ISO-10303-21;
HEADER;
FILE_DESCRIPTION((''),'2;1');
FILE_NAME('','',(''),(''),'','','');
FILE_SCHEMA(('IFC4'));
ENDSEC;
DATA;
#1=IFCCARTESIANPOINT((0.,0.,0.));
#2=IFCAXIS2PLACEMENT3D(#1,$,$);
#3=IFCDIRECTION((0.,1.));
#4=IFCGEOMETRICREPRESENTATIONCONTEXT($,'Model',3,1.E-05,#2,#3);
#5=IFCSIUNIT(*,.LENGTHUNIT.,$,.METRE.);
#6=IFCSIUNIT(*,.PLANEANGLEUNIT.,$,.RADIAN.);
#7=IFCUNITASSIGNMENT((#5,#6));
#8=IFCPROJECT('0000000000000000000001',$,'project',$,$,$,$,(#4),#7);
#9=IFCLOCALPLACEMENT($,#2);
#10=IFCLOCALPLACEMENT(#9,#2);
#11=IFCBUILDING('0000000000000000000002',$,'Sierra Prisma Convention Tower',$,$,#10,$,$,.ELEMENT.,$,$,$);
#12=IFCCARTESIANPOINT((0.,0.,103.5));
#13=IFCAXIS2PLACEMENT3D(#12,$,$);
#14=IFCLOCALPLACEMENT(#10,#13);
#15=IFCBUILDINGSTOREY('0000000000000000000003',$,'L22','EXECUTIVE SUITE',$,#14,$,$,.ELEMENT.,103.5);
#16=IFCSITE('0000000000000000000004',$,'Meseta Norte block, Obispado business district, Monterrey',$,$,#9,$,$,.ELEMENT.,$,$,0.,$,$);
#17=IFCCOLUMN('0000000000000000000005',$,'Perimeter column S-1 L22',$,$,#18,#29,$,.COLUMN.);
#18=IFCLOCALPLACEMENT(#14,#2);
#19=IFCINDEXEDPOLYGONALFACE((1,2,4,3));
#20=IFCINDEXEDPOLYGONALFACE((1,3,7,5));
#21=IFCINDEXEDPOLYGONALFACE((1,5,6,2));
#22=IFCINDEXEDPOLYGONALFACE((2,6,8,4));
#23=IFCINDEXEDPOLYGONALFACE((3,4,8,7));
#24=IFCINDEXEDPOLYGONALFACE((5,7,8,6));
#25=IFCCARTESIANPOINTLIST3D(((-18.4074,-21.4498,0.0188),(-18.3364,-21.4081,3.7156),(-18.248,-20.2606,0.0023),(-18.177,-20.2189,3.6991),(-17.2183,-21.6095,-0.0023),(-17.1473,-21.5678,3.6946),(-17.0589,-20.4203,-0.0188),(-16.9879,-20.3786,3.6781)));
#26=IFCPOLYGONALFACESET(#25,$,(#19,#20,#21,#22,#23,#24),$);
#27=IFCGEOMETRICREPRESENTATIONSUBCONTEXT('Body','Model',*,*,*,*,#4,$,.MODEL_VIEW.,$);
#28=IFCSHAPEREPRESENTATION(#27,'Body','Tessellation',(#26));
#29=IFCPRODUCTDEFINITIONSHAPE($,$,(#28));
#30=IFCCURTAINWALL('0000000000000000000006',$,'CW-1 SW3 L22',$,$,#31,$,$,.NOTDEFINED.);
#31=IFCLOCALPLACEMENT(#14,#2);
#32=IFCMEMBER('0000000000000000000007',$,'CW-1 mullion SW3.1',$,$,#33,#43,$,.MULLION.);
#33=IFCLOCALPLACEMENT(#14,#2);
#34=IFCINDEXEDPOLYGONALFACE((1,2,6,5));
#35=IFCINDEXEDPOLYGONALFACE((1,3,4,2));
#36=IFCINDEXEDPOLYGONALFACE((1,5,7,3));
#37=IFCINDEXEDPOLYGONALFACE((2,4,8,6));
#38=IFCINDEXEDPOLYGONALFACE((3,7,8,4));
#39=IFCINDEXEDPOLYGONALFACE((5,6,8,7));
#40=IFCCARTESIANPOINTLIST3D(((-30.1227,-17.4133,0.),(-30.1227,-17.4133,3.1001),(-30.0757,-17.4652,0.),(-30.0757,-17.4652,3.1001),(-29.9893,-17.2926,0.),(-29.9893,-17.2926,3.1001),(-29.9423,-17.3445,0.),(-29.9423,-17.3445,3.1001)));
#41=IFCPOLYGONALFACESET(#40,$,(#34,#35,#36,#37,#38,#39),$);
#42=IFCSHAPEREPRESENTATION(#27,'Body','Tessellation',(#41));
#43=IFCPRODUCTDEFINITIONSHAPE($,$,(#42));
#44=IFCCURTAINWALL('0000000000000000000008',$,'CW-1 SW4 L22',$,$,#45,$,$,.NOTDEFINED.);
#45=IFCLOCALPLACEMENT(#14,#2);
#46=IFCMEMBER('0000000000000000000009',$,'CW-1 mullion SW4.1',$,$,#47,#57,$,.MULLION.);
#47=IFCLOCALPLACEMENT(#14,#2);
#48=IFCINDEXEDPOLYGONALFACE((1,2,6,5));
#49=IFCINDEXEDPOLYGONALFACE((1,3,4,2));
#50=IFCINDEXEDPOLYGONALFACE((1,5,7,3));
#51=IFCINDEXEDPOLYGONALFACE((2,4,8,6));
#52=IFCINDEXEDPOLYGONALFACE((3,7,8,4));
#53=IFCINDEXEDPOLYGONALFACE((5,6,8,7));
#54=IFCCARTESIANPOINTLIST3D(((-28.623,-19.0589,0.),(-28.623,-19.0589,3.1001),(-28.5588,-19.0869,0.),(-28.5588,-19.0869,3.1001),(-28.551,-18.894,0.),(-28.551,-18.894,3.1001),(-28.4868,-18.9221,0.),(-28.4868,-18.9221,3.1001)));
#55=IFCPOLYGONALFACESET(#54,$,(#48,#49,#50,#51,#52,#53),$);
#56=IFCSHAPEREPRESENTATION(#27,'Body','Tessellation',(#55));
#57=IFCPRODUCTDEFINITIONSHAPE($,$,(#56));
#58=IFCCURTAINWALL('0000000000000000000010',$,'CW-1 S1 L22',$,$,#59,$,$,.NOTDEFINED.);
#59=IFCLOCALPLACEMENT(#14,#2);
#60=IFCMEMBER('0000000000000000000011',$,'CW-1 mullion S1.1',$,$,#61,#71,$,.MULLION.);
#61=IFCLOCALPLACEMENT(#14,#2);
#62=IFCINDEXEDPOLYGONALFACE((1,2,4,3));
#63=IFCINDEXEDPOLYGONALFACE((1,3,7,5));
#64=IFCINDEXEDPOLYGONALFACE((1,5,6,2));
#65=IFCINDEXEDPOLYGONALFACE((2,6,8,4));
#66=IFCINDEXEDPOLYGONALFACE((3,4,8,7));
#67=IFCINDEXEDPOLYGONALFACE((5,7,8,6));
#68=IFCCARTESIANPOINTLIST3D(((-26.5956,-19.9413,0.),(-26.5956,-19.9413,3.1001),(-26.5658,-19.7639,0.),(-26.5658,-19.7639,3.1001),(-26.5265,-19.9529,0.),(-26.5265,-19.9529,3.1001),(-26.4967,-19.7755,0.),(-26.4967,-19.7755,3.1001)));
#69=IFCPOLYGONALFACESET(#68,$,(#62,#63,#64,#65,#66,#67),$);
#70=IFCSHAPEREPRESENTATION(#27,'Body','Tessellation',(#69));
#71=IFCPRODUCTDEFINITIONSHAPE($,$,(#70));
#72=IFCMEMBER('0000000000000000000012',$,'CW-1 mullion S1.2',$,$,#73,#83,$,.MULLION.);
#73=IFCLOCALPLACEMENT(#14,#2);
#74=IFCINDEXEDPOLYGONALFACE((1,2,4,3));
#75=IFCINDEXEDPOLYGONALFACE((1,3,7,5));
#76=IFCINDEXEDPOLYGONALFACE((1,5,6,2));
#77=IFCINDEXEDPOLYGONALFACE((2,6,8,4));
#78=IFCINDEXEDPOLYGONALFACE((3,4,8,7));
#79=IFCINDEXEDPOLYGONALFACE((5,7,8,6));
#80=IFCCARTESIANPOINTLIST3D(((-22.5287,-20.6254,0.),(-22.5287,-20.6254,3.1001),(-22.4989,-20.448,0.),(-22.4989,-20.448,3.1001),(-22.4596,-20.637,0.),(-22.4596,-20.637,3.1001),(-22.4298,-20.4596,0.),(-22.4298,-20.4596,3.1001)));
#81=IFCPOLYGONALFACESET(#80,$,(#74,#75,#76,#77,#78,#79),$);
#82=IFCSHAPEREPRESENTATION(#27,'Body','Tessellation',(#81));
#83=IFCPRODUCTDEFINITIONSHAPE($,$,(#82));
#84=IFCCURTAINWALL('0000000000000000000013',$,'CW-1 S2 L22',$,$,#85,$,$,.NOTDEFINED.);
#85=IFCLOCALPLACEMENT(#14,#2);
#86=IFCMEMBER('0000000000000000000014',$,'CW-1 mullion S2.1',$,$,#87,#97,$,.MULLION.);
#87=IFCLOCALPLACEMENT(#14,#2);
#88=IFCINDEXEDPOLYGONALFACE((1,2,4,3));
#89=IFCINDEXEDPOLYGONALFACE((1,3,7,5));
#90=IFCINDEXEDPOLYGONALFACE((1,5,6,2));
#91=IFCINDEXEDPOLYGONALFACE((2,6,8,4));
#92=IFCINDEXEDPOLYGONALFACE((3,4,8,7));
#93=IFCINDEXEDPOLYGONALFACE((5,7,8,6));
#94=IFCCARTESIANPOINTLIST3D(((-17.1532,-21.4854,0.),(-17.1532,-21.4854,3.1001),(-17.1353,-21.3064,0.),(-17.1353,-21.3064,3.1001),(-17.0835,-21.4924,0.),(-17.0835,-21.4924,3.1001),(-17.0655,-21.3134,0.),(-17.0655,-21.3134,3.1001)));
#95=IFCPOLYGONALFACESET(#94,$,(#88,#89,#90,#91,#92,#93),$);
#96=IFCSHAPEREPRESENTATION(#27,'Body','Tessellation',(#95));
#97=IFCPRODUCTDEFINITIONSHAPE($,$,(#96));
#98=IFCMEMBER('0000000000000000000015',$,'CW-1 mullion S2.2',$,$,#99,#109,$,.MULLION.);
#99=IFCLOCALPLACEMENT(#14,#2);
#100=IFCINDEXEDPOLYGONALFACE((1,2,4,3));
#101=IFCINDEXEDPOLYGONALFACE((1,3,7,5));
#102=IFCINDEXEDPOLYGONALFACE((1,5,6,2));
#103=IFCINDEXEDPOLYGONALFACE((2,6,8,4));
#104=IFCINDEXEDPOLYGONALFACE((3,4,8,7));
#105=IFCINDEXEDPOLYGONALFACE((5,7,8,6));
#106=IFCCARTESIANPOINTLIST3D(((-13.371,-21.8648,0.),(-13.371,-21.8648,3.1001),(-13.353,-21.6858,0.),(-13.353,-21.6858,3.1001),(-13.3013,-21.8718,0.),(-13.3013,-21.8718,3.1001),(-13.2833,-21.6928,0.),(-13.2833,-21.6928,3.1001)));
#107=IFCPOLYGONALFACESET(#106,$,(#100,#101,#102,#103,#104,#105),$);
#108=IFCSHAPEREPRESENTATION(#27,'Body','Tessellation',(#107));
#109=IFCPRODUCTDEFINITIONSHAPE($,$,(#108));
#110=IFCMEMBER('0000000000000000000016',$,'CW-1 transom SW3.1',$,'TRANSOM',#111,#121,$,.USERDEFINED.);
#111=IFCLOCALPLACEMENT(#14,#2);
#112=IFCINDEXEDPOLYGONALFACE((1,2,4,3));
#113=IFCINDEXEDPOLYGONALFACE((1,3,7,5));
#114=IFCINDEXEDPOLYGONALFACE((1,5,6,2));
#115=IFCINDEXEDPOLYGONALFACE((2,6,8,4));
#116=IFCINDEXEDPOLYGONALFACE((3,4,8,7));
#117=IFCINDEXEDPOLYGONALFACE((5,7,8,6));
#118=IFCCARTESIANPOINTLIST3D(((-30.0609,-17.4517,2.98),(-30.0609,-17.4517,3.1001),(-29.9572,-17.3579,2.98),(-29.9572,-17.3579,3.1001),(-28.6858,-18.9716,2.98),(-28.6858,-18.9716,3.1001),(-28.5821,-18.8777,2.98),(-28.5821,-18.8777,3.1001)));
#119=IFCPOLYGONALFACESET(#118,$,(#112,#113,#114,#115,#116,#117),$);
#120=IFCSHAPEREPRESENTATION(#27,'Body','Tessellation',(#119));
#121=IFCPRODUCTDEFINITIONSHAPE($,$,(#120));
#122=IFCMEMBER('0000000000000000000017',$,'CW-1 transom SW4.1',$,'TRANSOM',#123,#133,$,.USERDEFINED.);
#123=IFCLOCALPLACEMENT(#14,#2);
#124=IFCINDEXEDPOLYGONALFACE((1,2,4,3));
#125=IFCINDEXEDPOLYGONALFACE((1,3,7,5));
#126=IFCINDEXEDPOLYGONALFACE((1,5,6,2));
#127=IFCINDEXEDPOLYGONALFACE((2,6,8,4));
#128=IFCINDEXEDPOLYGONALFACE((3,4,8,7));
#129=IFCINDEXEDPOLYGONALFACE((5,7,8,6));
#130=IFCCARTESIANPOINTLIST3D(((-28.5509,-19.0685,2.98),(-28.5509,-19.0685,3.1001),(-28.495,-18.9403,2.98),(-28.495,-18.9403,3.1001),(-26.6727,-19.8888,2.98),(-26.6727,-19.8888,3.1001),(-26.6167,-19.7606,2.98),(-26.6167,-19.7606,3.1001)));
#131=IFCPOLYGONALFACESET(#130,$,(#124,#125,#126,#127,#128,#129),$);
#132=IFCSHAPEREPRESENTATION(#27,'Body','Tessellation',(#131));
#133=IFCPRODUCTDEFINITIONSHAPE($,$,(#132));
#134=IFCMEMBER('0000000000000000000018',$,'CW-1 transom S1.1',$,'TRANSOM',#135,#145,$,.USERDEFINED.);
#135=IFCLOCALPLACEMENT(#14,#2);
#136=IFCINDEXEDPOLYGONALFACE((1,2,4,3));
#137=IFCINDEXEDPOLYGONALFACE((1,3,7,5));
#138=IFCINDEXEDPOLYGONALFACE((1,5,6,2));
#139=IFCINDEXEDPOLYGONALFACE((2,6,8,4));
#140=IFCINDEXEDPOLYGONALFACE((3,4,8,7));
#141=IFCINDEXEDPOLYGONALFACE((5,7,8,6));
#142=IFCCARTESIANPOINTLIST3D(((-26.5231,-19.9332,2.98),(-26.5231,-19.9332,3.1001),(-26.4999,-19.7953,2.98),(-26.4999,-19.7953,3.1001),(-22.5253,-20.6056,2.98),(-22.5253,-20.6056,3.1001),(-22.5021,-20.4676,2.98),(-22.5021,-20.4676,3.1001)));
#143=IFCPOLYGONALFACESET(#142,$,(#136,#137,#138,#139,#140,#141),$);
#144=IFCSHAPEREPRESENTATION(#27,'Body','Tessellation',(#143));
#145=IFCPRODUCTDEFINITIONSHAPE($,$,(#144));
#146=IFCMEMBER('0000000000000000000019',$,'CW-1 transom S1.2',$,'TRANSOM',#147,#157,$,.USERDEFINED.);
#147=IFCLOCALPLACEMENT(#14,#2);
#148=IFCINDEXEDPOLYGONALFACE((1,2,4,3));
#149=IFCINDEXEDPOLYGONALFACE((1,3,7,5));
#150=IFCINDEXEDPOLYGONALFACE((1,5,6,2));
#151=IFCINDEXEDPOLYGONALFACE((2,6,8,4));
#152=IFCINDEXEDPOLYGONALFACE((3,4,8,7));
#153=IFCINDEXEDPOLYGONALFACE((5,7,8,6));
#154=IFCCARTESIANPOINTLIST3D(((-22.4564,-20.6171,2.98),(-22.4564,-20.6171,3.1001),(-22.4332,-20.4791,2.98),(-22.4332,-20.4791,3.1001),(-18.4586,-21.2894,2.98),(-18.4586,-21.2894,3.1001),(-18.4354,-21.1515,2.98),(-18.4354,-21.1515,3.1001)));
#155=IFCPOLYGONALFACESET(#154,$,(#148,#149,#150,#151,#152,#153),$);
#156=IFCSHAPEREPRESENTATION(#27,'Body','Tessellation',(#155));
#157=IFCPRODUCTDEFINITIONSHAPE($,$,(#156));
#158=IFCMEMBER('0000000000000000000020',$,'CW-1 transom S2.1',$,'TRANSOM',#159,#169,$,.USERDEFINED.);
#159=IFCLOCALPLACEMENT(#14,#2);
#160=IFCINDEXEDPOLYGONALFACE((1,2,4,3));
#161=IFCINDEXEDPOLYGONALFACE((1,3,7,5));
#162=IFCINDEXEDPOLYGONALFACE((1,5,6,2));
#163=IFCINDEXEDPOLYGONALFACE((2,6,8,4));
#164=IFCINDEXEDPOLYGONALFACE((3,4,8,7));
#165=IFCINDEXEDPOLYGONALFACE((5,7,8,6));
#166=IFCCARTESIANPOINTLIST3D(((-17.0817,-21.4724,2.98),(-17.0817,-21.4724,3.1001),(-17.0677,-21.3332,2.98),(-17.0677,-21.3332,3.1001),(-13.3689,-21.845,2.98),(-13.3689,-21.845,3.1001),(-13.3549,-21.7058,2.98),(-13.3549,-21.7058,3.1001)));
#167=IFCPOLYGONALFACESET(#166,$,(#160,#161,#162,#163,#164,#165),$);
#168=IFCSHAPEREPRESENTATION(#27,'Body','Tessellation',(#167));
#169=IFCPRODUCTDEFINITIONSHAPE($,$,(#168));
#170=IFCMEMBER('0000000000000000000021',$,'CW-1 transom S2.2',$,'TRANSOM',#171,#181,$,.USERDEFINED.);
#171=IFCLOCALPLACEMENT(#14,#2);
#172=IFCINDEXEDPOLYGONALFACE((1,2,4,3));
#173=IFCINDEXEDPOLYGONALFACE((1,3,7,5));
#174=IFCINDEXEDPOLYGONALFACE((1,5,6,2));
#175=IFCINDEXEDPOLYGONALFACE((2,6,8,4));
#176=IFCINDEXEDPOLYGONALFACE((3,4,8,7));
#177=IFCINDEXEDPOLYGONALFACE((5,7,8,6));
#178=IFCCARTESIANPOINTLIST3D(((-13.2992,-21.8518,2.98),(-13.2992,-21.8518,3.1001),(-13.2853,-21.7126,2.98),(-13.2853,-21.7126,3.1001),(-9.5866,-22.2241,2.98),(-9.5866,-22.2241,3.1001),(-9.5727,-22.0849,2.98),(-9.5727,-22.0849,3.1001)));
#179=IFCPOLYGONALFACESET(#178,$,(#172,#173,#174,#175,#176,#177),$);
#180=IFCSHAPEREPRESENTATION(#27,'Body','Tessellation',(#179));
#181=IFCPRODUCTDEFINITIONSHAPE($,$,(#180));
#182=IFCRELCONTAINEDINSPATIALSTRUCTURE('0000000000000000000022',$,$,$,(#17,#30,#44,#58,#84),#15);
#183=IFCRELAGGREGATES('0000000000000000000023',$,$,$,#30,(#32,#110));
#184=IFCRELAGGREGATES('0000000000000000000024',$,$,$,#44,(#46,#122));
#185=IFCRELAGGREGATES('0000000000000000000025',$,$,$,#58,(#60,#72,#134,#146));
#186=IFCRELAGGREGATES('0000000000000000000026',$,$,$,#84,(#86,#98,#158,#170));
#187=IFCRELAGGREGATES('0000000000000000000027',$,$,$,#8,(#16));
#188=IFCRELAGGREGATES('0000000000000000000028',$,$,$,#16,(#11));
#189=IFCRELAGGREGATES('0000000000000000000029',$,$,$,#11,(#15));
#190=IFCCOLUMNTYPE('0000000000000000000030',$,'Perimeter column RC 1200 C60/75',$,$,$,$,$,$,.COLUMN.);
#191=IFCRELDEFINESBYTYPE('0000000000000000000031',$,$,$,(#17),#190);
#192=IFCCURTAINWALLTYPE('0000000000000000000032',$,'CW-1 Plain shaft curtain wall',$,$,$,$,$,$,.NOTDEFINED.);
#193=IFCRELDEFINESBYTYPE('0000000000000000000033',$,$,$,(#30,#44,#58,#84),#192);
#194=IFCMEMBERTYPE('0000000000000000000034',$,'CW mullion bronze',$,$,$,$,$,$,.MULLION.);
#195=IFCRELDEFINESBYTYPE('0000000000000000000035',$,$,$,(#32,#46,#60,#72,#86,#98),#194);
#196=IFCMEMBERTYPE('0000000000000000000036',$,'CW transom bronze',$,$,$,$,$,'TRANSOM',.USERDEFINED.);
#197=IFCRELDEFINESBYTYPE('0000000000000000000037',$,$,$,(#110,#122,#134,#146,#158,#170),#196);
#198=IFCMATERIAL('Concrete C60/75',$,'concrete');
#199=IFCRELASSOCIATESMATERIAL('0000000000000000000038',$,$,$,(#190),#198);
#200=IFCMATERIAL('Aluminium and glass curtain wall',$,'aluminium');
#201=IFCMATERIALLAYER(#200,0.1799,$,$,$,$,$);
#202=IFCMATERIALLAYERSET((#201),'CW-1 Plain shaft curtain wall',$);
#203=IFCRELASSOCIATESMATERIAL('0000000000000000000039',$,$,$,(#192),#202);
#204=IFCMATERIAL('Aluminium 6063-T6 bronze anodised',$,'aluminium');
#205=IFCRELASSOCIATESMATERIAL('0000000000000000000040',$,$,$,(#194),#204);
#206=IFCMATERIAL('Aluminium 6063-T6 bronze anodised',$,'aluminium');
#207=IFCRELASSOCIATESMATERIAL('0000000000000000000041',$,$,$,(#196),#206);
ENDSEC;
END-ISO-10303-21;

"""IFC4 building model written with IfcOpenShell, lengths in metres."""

from ifc_helpers import new_model, si_unit, direction, frame, origin, origin_2d, place, context, subcontext, project, spatial, rectangle, extrude, clip, halfspace, material, layer, layer_set, material_profile, profile_set, type_object, element, aggregate, save


model = new_model("IFC4")

# Units and contexts
model_context = context("Model", 3, precision=1e-05, world=origin(), true_north=direction((0.0, 1.0)))
body_context = subcontext(model_context, "Body", "Model", "MODEL_VIEW")
ifc_project = project(units=[si_unit("LENGTHUNIT", "METRE"), si_unit("PLANEANGLEUNIT", "RADIAN")], contexts=[model_context])

# Site, building, storey
site_placement = place(None, origin())
site = spatial("IfcSite", under=ifc_project, at=site_placement, Name="Meseta Norte block, Obispado business district, Monterrey", CompositionType="ELEMENT", RefElevation=0.0)
building_placement = place(site_placement, origin())
building = spatial("IfcBuilding", under=site, at=building_placement, Name="Sierra Prisma Convention Tower", CompositionType="ELEMENT")
storey_placement = place(building_placement, frame((0.0, 0.0, 103.5)))
storey = spatial("IfcBuildingStorey", under=building, at=storey_placement, Name="L22", Description="EXECUTIVE SUITE", CompositionType="ELEMENT", Elevation=103.5)

# Column
ifc_material_1 = material(Name="Concrete C60/75", Category="concrete")
ifc_material_profile_1 = material_profile(ifc_material_1, rectangle(XDim=1.2, YDim=1.2, at=origin_2d()), Name="Perimeter column RC 1200 C60/75")
ifc_profile_set_1 = profile_set([ifc_material_profile_1], Name="Concrete C60/75")
column_type = type_object("IfcColumnType", Name="Perimeter column RC 1200 C60/75", PredefinedType="COLUMN", material=ifc_profile_set_1)
column_placement = place(storey_placement, frame((-17.7332, -20.9351, 0.0), z_axis=(0.019197, 0.011281, 0.999752), x_axis=(-0.990949, 0.133091, 0.017526)))
element("IfcColumn", 1, at=column_placement, inside=storey, type_object=column_type, Name="Perimeter column S-1 L22", PredefinedType="COLUMN", context=body_context, shape_type="SweptSolid", body=[
    clip(extrude(rectangle(XDim=1.2, YDim=1.2, at=origin_2d()), origin(), (0.0, 0.0, 1.0), 3.7009), halfspace(frame((0.0, 0.0, 3.6978)), False)),
])

# Curtain walls, members
ifc_material_2 = material(Name="Aluminium and glass curtain wall", Category="aluminium")
ifc_layer_1 = layer(ifc_material_2, 0.1799)
ifc_layer_set_1 = layer_set([ifc_layer_1], Name="CW-1 Plain shaft curtain wall")
curtain_wall_type = type_object("IfcCurtainWallType", Name="CW-1 Plain shaft curtain wall", PredefinedType="NOTDEFINED", material=ifc_layer_set_1)
curtain_wall_1_placement = place(storey_placement, origin())
curtain_wall_1 = element("IfcCurtainWall", 2, at=curtain_wall_1_placement, inside=storey, type_object=curtain_wall_type, Name="CW-1 SW3 L22", PredefinedType="NOTDEFINED")
ifc_material_3 = material(Name="Aluminium 6063-T6 bronze anodised", Category="aluminium")
ifc_material_profile_2 = material_profile(ifc_material_3, rectangle(XDim=0.1799, YDim=0.0701, at=origin_2d()), Name="ALU MULLION 70x180")
ifc_profile_set_2 = profile_set([ifc_material_profile_2], Name="Aluminium 6063-T6 bronze anodised")
member_type_1 = type_object("IfcMemberType", Name="CW mullion bronze", PredefinedType="MULLION", material=ifc_profile_set_2)
member_1_placement = place(storey_placement, frame((-30.0325, -17.3789, 0.0), z_axis=(0.0, 0.0, 1.0), x_axis=(0.74155, 0.670898, 0.0)))
member_1 = element("IfcMember", 3, at=member_1_placement, type_object=member_type_1, Name="CW-1 mullion SW3.1", PredefinedType="MULLION", context=body_context, shape_type="SweptSolid", body=[
    extrude(rectangle(XDim=0.1799, YDim=0.0701, at=origin_2d()), origin(), (0.0, 0.0, 1.0), 3.1001),
])
curtain_wall_2_placement = place(storey_placement, origin())
curtain_wall_2 = element("IfcCurtainWall", 4, at=curtain_wall_2_placement, inside=storey, type_object=curtain_wall_type, Name="CW-1 SW4 L22", PredefinedType="NOTDEFINED")
member_2_placement = place(storey_placement, frame((-28.5549, -18.9905, 0.0), z_axis=(0.0, 0.0, 1.0), x_axis=(0.400203, 0.916427, 0.0)))
member_2 = element("IfcMember", 5, at=member_2_placement, type_object=member_type_1, Name="CW-1 mullion SW4.1", PredefinedType="MULLION", context=body_context, shape_type="SweptSolid", body=[
    extrude(rectangle(XDim=0.1799, YDim=0.0701, at=origin_2d()), origin(), (0.0, 0.0, 1.0), 3.1001),
])

# Curtain walls, members
curtain_wall_3_placement = place(storey_placement, origin())
curtain_wall_3 = element("IfcCurtainWall", 6, at=curtain_wall_3_placement, inside=storey, type_object=curtain_wall_type, Name="CW-1 S1 L22", PredefinedType="NOTDEFINED")
member_3_placement = place(storey_placement, frame((-26.5461, -19.8584, 0.0), z_axis=(0.0, 0.0, 1.0), x_axis=(0.165829, 0.986155, 0.0)))
member_3 = element("IfcMember", 7, at=member_3_placement, type_object=member_type_1, Name="CW-1 mullion S1.1", PredefinedType="MULLION", context=body_context, shape_type="SweptSolid", body=[
    extrude(rectangle(XDim=0.1799, YDim=0.0701, at=origin_2d()), origin(), (0.0, 0.0, 1.0), 3.1001),
])
member_4_placement = place(storey_placement, frame((-22.4792, -20.5425, 0.0), z_axis=(0.0, 0.0, 1.0), x_axis=(0.165829, 0.986155, 0.0)))
member_4 = element("IfcMember", 8, at=member_4_placement, type_object=member_type_1, Name="CW-1 mullion S1.2", PredefinedType="MULLION", context=body_context, shape_type="SweptSolid", body=[
    extrude(rectangle(XDim=0.1799, YDim=0.0701, at=origin_2d()), origin(), (0.0, 0.0, 1.0), 3.1001),
])
curtain_wall_4_placement = place(storey_placement, origin())
curtain_wall_4 = element("IfcCurtainWall", 9, at=curtain_wall_4_placement, inside=storey, type_object=curtain_wall_type, Name="CW-1 S2 L22", PredefinedType="NOTDEFINED")
member_5_placement = place(storey_placement, frame((-17.1094, -21.3994, 0.0), z_axis=(0.0, 0.0, 1.0), x_axis=(0.099793, 0.995008, 0.0)))
member_5 = element("IfcMember", 10, at=member_5_placement, type_object=member_type_1, Name="CW-1 mullion S2.1", PredefinedType="MULLION", context=body_context, shape_type="SweptSolid", body=[
    extrude(rectangle(XDim=0.1799, YDim=0.0701, at=origin_2d()), origin(), (0.0, 0.0, 1.0), 3.1001),
])
member_6_placement = place(storey_placement, frame((-13.3271, -21.7788, 0.0), z_axis=(0.0, 0.0, 1.0), x_axis=(0.099793, 0.995008, 0.0)))
member_6 = element("IfcMember", 11, at=member_6_placement, type_object=member_type_1, Name="CW-1 mullion S2.2", PredefinedType="MULLION", context=body_context, shape_type="SweptSolid", body=[
    extrude(rectangle(XDim=0.1799, YDim=0.0701, at=origin_2d()), origin(), (0.0, 0.0, 1.0), 3.1001),
])

# Members
ifc_material_4 = material(Name="Aluminium 6063-T6 bronze anodised", Category="aluminium")
ifc_material_profile_3 = material_profile(ifc_material_4, rectangle(XDim=0.1399, YDim=0.1201, at=origin_2d()), Name="ALU TRANSOM 120x140")
ifc_profile_set_3 = profile_set([ifc_material_profile_3], Name="Aluminium 6063-T6 bronze anodised")
member_type_2 = type_object("IfcMemberType", Name="CW transom bronze", ElementType="TRANSOM", PredefinedType="USERDEFINED", material=ifc_profile_set_3)
member_7_placement = place(storey_placement, frame((-30.009, -17.4048, 3.04), z_axis=(0.670904, -0.741544, 0.0), x_axis=(0.741544, 0.670904, 0.0)))
member_7 = element("IfcMember", 12, at=member_7_placement, type_object=member_type_2, Name="CW-1 transom SW3.1", ObjectType="TRANSOM", PredefinedType="USERDEFINED", context=body_context, shape_type="SweptSolid", body=[
    extrude(rectangle(XDim=0.1399, YDim=0.1201, at=origin_2d()), origin(), (0.0, 0.0, 1.0), 2.0496),
])
member_8_placement = place(storey_placement, frame((-28.5229, -19.0044, 3.04), z_axis=(0.916406, -0.40025, 0.0), x_axis=(0.40025, 0.916406, 0.0)))
member_8 = element("IfcMember", 13, at=member_8_placement, type_object=member_type_2, Name="CW-1 transom SW4.1", ObjectType="TRANSOM", PredefinedType="USERDEFINED", context=body_context, shape_type="SweptSolid", body=[
    extrude(rectangle(XDim=0.1399, YDim=0.1201, at=origin_2d()), origin(), (0.0, 0.0, 1.0), 2.0496),
])
member_9_placement = place(storey_placement, frame((-26.5115, -19.8643, 3.04), z_axis=(0.98615, -0.165854, 0.0), x_axis=(0.165854, 0.98615, 0.0)))
member_9 = element("IfcMember", 14, at=member_9_placement, type_object=member_type_2, Name="CW-1 transom S1.1", ObjectType="TRANSOM", PredefinedType="USERDEFINED", context=body_context, shape_type="SweptSolid", body=[
    extrude(rectangle(XDim=0.1399, YDim=0.1201, at=origin_2d()), origin(), (0.0, 0.0, 1.0), 4.054),
])
member_10_placement = place(storey_placement, frame((-22.4448, -20.5481, 3.04), z_axis=(0.98615, -0.165854, 0.0), x_axis=(0.165854, 0.98615, 0.0)))
member_10 = element("IfcMember", 15, at=member_10_placement, type_object=member_type_2, Name="CW-1 transom S1.2", ObjectType="TRANSOM", PredefinedType="USERDEFINED", context=body_context, shape_type="SweptSolid", body=[
    extrude(rectangle(XDim=0.1399, YDim=0.1201, at=origin_2d()), origin(), (0.0, 0.0, 1.0), 4.054),
])
member_11_placement = place(storey_placement, frame((-17.0747, -21.4028, 3.04), z_axis=(0.995003, -0.099841, 0.0), x_axis=(0.099841, 0.995003, 0.0)))
member_11 = element("IfcMember", 16, at=member_11_placement, type_object=member_type_2, Name="CW-1 transom S2.1", ObjectType="TRANSOM", PredefinedType="USERDEFINED", context=body_context, shape_type="SweptSolid", body=[
    extrude(rectangle(XDim=0.1399, YDim=0.1201, at=origin_2d()), origin(), (0.0, 0.0, 1.0), 3.7314),
])
member_12_placement = place(storey_placement, frame((-13.2922, -21.7822, 3.04), z_axis=(0.995009, -0.099782, 0.0), x_axis=(0.099782, 0.995009, 0.0)))
member_12 = element("IfcMember", 17, at=member_12_placement, type_object=member_type_2, Name="CW-1 transom S2.2", ObjectType="TRANSOM", PredefinedType="USERDEFINED", context=body_context, shape_type="SweptSolid", body=[
    extrude(rectangle(XDim=0.1399, YDim=0.1201, at=origin_2d()), origin(), (0.0, 0.0, 1.0), 3.7312),
])

aggregate(curtain_wall_1, [member_1, member_7])
aggregate(curtain_wall_2, [member_2, member_8])
aggregate(curtain_wall_3, [member_3, member_4, member_9, member_10])
aggregate(curtain_wall_4, [member_5, member_6, member_11, member_12])

save(model, "model.ifc")
